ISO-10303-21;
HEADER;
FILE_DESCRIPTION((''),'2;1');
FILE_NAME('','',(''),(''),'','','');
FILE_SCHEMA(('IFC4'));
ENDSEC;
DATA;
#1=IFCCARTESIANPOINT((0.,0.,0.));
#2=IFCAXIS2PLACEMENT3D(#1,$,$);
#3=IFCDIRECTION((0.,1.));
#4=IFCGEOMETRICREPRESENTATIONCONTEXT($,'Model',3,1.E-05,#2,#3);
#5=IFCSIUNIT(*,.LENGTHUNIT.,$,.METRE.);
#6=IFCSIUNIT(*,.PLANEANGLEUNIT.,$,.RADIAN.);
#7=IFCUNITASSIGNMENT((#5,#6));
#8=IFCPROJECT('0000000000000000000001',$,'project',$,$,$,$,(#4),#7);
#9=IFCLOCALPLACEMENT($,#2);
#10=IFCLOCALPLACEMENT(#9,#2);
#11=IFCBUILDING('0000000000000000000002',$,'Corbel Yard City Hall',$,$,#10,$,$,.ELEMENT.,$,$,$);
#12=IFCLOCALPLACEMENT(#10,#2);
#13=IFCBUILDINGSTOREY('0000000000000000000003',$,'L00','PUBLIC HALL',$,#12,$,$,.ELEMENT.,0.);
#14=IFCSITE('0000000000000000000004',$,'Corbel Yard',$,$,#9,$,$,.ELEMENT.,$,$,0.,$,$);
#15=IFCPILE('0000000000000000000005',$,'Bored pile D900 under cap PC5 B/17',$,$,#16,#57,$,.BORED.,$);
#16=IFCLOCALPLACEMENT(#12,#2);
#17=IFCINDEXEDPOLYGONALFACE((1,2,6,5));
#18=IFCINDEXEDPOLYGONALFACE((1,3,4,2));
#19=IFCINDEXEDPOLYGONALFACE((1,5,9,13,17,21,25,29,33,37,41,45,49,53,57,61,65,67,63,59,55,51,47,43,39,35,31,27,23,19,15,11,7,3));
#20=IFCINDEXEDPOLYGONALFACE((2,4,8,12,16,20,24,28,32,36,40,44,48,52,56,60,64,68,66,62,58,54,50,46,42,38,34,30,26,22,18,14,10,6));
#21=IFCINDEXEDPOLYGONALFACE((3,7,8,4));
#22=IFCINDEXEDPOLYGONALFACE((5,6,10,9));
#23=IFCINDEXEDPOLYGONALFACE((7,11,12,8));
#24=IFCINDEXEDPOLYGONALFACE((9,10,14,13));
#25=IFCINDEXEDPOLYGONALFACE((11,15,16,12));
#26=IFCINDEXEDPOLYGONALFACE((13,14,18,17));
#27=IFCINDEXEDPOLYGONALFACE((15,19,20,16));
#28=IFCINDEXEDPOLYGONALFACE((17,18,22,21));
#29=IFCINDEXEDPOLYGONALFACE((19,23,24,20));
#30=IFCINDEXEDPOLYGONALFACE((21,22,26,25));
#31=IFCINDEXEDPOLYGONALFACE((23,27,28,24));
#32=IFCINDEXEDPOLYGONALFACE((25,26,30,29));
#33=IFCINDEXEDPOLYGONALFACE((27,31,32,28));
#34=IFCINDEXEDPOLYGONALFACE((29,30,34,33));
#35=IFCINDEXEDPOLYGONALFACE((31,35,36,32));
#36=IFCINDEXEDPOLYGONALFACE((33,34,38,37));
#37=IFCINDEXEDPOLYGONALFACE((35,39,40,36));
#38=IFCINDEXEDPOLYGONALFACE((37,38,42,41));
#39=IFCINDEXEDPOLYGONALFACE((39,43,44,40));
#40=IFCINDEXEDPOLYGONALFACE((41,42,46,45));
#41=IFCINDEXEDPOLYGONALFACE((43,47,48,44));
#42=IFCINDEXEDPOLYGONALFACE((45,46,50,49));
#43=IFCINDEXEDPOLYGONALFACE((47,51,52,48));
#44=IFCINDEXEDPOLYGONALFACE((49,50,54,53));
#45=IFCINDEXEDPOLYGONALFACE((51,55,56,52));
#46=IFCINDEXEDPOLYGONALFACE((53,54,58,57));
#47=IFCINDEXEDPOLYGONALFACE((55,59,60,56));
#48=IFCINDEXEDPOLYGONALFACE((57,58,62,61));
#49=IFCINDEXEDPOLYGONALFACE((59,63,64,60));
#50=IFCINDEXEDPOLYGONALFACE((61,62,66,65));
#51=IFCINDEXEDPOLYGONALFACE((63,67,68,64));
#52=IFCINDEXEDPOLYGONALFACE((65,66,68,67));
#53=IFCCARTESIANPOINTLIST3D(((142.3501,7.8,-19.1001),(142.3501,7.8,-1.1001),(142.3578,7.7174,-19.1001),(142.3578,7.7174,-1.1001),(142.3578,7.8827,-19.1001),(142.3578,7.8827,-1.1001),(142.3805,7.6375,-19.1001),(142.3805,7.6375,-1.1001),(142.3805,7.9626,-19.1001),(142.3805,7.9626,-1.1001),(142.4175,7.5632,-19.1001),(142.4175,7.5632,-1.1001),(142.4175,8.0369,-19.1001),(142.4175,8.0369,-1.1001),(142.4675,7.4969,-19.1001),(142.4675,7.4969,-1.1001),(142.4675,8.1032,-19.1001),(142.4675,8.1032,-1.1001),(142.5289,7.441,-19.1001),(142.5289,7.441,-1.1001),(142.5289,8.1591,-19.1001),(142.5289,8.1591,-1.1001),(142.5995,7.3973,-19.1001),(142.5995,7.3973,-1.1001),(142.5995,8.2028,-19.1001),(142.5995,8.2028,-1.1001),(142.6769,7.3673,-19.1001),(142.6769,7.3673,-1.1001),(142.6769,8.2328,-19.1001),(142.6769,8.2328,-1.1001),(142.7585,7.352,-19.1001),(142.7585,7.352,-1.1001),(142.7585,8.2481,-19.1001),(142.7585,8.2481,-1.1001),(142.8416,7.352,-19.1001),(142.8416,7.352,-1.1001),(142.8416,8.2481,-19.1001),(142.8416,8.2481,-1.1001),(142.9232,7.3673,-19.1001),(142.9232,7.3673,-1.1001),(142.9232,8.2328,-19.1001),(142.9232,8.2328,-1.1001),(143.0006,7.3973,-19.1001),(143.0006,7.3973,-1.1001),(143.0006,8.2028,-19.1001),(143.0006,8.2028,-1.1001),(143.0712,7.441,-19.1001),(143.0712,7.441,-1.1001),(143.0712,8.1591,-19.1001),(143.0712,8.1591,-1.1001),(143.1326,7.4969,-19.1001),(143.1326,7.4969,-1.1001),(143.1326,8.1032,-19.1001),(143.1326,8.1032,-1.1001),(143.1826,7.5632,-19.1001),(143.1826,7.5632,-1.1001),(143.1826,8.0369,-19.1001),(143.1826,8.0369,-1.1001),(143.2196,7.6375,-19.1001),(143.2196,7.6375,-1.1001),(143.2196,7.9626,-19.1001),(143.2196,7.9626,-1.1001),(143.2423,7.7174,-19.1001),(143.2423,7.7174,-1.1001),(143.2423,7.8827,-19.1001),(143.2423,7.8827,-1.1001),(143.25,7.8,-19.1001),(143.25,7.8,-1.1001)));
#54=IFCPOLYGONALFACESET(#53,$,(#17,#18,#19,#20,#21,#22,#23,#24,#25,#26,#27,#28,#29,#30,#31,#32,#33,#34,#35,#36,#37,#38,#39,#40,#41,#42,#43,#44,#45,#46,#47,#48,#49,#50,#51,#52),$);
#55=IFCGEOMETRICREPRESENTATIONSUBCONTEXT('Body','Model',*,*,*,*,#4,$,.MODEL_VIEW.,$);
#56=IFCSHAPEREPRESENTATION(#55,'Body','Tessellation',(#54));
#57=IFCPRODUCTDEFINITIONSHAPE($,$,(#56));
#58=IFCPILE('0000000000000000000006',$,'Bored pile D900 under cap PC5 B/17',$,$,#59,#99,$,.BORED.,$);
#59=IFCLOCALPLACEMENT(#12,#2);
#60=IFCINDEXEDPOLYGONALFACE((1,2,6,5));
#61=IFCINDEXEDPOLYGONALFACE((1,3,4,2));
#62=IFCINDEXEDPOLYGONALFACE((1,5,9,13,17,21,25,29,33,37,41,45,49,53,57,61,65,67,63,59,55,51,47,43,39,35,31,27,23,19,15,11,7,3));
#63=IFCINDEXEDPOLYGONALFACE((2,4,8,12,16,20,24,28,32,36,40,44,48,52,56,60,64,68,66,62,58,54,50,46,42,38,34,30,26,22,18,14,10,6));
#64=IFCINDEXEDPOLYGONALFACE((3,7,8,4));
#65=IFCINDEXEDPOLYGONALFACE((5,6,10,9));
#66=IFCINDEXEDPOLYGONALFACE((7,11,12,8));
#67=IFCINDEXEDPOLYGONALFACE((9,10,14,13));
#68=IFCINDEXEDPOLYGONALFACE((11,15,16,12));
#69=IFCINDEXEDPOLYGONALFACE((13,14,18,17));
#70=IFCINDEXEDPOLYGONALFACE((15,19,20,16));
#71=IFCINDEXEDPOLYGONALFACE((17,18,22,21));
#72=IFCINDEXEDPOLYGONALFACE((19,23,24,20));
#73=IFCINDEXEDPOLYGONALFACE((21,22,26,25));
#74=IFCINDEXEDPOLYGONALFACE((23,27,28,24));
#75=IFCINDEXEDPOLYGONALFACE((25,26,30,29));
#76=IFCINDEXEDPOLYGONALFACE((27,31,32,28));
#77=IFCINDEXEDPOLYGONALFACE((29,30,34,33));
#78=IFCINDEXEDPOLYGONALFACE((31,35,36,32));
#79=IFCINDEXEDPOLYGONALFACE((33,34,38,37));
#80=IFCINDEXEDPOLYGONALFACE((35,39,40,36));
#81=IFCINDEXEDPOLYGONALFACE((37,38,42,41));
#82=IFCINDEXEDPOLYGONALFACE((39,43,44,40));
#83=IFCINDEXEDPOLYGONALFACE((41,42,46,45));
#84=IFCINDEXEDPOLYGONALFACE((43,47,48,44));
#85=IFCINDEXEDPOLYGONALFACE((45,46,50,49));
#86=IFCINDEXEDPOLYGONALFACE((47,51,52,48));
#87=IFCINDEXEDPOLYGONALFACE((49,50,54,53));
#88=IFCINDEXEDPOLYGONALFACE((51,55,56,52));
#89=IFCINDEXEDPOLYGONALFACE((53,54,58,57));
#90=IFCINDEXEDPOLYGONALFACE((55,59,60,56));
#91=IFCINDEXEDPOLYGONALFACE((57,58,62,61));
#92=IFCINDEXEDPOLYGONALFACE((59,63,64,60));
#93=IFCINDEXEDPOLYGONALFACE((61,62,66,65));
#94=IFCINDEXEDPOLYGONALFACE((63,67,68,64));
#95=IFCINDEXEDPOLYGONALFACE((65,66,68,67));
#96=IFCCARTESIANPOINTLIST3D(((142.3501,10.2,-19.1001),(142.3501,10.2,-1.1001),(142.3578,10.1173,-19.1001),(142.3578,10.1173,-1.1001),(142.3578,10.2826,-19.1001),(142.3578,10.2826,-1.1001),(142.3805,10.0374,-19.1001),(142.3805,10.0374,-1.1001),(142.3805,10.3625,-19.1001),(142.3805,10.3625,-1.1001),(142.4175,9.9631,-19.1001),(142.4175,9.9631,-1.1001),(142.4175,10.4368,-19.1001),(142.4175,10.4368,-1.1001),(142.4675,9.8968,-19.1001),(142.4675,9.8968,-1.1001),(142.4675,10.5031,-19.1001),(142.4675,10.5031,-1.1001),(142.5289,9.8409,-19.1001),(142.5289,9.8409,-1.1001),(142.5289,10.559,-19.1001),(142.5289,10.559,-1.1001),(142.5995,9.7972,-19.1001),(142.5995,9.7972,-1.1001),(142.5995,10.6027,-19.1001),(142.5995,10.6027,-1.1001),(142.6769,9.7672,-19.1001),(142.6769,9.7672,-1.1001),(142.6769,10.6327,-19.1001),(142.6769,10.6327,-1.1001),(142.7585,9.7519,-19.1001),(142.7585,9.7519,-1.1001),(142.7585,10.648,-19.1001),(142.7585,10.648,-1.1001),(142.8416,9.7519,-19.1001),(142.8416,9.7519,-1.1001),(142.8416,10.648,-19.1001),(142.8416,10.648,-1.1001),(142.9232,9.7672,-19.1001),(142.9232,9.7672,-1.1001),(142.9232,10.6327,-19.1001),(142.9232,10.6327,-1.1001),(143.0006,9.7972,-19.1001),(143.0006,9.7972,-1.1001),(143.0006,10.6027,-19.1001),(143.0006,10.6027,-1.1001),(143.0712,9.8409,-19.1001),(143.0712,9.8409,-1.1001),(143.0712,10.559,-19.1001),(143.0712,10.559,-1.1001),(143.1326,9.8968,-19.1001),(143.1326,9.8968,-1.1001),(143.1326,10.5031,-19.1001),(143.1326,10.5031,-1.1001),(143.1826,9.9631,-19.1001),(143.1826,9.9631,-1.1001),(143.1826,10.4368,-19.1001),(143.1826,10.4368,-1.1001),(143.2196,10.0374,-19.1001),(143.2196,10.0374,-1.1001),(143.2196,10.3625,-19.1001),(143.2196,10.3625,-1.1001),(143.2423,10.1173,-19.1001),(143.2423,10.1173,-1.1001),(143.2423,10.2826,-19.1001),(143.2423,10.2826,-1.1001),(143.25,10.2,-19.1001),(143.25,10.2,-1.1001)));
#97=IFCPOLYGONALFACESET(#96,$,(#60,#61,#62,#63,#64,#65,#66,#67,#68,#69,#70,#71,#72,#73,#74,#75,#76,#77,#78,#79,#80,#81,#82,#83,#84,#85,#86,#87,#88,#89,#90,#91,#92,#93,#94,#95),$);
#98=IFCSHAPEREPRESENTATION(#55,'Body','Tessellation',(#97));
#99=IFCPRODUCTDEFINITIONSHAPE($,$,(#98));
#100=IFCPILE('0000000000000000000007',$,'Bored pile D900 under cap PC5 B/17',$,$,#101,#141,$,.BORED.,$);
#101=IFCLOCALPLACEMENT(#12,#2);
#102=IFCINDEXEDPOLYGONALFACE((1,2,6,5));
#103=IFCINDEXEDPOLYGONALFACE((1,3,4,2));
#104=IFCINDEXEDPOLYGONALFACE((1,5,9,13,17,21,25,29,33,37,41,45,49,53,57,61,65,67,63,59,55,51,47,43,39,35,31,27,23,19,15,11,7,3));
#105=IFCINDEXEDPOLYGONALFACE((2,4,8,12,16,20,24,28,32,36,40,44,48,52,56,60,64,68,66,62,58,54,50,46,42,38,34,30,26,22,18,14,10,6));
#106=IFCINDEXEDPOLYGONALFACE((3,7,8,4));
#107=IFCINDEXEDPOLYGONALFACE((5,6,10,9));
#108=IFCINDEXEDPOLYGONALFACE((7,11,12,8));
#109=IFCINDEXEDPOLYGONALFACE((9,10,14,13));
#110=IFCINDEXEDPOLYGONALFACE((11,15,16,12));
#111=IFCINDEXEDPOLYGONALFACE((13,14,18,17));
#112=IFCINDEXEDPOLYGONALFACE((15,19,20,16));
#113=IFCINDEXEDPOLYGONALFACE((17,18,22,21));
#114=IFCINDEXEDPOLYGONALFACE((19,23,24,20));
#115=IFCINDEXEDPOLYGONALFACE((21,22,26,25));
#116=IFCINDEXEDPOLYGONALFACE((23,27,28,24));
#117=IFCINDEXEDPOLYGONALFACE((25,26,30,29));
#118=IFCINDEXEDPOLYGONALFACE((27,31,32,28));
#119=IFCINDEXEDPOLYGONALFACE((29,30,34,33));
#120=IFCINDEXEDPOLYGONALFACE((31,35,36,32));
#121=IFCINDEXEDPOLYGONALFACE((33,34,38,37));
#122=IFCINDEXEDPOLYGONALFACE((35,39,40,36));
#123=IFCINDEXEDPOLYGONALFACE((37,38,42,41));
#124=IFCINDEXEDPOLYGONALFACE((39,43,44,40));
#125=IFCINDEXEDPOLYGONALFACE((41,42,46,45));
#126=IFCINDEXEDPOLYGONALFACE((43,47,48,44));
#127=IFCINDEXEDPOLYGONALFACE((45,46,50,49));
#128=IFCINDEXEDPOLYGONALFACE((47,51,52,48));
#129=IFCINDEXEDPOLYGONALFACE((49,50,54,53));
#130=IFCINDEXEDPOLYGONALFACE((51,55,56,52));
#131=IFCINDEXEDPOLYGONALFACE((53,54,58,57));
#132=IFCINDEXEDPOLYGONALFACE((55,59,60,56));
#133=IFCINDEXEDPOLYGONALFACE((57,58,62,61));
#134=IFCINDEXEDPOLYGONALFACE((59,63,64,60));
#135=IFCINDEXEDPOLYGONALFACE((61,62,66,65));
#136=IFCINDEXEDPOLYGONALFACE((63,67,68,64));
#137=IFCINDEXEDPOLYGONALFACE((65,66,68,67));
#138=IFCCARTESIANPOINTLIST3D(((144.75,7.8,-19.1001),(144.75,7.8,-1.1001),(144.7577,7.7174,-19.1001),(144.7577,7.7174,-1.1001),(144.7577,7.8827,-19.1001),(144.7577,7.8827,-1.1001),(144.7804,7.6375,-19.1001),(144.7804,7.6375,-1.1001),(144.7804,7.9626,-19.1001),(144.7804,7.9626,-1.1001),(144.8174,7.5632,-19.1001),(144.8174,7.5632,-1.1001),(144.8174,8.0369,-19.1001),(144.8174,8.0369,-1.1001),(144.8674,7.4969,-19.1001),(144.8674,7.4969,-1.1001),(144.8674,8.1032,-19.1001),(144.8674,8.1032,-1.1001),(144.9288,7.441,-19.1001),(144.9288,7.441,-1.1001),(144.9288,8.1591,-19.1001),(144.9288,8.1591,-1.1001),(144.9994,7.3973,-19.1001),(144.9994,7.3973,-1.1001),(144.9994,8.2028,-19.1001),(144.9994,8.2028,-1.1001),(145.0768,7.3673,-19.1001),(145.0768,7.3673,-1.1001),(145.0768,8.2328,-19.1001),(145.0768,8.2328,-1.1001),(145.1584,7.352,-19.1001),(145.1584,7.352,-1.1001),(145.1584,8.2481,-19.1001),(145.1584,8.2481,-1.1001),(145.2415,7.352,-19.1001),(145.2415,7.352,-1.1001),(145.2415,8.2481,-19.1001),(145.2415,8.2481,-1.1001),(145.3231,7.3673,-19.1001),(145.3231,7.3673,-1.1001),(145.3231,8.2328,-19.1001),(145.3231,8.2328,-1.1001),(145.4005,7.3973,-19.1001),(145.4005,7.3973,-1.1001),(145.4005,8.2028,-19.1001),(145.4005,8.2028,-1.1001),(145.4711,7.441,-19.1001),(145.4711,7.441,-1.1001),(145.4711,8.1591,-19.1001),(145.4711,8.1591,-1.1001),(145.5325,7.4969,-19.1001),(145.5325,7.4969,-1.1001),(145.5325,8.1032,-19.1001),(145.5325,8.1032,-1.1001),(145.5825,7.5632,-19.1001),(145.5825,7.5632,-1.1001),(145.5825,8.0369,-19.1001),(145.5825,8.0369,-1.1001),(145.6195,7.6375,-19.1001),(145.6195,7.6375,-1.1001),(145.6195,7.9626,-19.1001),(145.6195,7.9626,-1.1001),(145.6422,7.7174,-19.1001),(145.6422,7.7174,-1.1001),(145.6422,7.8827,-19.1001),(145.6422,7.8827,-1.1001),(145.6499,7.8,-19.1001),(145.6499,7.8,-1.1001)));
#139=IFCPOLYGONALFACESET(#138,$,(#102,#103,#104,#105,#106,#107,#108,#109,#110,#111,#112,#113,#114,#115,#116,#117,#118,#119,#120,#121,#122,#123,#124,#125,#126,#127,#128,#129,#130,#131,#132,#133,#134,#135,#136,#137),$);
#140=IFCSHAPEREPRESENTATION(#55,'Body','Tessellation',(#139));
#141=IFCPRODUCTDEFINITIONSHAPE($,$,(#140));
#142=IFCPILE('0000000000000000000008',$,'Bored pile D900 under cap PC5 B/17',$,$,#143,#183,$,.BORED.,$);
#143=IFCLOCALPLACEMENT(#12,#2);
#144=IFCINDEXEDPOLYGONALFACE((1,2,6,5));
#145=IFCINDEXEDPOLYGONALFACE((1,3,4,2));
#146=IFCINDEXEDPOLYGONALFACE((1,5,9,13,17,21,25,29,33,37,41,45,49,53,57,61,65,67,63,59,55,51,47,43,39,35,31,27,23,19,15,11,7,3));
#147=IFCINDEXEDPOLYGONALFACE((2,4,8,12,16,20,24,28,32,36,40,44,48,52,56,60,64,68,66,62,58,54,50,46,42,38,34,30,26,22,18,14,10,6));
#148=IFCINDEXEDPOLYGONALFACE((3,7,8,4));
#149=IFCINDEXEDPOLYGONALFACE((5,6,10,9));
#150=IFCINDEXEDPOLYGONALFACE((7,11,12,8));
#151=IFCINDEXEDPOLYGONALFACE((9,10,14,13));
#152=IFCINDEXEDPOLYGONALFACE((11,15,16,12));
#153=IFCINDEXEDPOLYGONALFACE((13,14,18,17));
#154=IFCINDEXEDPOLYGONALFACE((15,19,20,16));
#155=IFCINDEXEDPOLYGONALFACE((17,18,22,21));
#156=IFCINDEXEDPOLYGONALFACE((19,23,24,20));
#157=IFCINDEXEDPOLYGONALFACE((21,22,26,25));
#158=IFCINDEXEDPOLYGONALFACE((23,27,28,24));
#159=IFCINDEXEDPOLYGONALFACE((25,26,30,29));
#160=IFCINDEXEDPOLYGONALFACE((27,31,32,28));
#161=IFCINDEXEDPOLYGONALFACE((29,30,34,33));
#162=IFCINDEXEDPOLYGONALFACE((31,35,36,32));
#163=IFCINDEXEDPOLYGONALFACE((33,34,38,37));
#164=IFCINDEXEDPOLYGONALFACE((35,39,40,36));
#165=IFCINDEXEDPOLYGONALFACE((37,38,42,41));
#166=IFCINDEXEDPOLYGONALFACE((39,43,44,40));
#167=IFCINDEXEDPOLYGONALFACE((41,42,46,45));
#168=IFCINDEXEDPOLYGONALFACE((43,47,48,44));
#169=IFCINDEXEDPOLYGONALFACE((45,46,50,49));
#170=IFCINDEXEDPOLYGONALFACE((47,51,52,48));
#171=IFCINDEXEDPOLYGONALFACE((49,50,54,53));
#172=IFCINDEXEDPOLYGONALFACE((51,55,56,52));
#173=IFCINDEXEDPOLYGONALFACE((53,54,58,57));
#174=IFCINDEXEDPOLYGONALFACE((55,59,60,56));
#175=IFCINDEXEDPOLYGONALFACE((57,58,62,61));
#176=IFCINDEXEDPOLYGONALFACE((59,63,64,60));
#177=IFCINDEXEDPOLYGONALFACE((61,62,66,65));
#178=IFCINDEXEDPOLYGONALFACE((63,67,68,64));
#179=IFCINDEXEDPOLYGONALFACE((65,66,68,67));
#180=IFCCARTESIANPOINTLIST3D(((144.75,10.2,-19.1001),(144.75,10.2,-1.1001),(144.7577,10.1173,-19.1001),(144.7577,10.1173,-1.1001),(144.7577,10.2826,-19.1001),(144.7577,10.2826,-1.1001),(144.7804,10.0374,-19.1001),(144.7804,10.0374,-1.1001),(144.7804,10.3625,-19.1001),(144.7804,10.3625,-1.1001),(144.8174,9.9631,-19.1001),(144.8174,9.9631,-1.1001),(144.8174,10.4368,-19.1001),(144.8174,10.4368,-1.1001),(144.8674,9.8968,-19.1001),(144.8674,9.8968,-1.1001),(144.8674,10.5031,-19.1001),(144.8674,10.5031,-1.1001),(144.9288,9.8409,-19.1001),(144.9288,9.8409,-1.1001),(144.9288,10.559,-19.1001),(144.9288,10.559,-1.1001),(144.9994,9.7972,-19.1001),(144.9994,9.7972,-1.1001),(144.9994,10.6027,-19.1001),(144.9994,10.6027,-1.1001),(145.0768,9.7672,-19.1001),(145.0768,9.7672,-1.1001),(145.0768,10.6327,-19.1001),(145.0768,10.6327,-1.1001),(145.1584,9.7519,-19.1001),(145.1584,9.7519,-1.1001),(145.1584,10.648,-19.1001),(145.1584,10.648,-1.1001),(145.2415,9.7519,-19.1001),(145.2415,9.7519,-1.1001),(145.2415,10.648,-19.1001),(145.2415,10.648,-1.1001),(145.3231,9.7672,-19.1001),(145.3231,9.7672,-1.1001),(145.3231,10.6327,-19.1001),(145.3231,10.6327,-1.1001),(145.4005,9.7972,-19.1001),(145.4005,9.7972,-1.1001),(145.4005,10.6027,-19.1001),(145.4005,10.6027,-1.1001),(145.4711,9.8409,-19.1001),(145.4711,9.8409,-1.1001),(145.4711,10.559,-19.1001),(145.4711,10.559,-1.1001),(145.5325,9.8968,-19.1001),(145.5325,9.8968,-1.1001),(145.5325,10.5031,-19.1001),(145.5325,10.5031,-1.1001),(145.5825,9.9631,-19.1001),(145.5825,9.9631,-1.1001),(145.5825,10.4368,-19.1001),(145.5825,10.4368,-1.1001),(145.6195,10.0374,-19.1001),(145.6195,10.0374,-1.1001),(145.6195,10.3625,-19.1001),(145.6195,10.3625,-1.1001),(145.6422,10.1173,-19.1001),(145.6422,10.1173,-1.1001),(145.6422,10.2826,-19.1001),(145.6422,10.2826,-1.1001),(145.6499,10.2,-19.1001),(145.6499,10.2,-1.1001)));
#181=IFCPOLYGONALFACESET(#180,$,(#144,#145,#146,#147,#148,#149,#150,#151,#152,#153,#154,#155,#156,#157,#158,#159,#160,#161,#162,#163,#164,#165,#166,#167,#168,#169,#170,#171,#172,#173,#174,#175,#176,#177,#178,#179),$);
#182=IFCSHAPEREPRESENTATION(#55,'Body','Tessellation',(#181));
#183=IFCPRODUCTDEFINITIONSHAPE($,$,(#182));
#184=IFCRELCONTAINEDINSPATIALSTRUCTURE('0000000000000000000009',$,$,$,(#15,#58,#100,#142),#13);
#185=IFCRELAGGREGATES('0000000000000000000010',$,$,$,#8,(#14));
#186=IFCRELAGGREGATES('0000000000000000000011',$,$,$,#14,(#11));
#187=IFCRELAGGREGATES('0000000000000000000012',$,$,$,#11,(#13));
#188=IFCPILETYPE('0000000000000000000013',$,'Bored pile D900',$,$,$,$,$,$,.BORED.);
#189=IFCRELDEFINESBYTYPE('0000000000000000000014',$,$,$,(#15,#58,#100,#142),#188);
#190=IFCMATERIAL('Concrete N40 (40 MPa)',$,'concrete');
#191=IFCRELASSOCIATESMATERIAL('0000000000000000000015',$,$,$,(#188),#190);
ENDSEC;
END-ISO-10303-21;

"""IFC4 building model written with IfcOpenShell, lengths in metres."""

from ifc_helpers import new_model, si_unit, direction, frame, origin, origin_2d, place, context, subcontext, project, spatial, circle, extrude, material, material_profile, profile_set, type_object, element, save


model = new_model("IFC4")

# Units and contexts
model_context = context("Model", 3, precision=1e-05, world=origin(), true_north=direction((0.0, 1.0)))
body_context = subcontext(model_context, "Body", "Model", "MODEL_VIEW")
ifc_project = project(units=[si_unit("LENGTHUNIT", "METRE"), si_unit("PLANEANGLEUNIT", "RADIAN")], contexts=[model_context])

# Site, building, storey
site_placement = place(None, origin())
site = spatial("IfcSite", under=ifc_project, at=site_placement, Name="Corbel Yard", CompositionType="ELEMENT", RefElevation=0.0)
building_placement = place(site_placement, origin())
building = spatial("IfcBuilding", under=site, at=building_placement, Name="Corbel Yard City Hall", CompositionType="ELEMENT")
storey_placement = place(building_placement, origin())
storey = spatial("IfcBuildingStorey", under=building, at=storey_placement, Name="L00", Description="PUBLIC HALL", CompositionType="ELEMENT", Elevation=0.0)

# Piles
ifc_material_1 = material(Name="Concrete N40 (40 MPa)", Category="concrete")
ifc_material_profile_1 = material_profile(ifc_material_1, circle(Radius=0.45, at=origin_2d()), Name="D900")
ifc_profile_set_1 = profile_set([ifc_material_profile_1], Name="Concrete N40 (40 MPa)")
pile_type_1 = type_object("IfcPileType", Name="Bored pile D900", PredefinedType="BORED", material=ifc_profile_set_1)
for number, where, z_axis, x_axis, name in (
    (1, (142.8, 7.8, -1.1001), (0.0, 0.0, -1.0), (1.0, 0.0, 0.0), "Bored pile D900 under cap PC5 B/17"),
    (2, (142.8, 10.2, -1.1001), (0.0, 0.0, -1.0), (1.0, 0.0, 0.0), "Bored pile D900 under cap PC5 B/17"),
    (3, (145.2, 7.8, -1.1001), (0.0, 0.0, -1.0), (1.0, 0.0, 0.0), "Bored pile D900 under cap PC5 B/17"),
    (4, (145.2, 10.2, -1.1001), (0.0, 0.0, -1.0), (1.0, 0.0, 0.0), "Bored pile D900 under cap PC5 B/17"),
):
    element("IfcPile", number, at=place(storey_placement, frame(where, z_axis=z_axis, x_axis=x_axis)), inside=storey, type_object=pile_type_1, Name=name, PredefinedType="BORED", context=body_context, shape_type="SweptSolid", body=[
        extrude(circle(Radius=0.45, at=origin_2d()), origin(), (0.0, 0.0, 1.0), 18.0),
    ])

save(model, "model.ifc")
